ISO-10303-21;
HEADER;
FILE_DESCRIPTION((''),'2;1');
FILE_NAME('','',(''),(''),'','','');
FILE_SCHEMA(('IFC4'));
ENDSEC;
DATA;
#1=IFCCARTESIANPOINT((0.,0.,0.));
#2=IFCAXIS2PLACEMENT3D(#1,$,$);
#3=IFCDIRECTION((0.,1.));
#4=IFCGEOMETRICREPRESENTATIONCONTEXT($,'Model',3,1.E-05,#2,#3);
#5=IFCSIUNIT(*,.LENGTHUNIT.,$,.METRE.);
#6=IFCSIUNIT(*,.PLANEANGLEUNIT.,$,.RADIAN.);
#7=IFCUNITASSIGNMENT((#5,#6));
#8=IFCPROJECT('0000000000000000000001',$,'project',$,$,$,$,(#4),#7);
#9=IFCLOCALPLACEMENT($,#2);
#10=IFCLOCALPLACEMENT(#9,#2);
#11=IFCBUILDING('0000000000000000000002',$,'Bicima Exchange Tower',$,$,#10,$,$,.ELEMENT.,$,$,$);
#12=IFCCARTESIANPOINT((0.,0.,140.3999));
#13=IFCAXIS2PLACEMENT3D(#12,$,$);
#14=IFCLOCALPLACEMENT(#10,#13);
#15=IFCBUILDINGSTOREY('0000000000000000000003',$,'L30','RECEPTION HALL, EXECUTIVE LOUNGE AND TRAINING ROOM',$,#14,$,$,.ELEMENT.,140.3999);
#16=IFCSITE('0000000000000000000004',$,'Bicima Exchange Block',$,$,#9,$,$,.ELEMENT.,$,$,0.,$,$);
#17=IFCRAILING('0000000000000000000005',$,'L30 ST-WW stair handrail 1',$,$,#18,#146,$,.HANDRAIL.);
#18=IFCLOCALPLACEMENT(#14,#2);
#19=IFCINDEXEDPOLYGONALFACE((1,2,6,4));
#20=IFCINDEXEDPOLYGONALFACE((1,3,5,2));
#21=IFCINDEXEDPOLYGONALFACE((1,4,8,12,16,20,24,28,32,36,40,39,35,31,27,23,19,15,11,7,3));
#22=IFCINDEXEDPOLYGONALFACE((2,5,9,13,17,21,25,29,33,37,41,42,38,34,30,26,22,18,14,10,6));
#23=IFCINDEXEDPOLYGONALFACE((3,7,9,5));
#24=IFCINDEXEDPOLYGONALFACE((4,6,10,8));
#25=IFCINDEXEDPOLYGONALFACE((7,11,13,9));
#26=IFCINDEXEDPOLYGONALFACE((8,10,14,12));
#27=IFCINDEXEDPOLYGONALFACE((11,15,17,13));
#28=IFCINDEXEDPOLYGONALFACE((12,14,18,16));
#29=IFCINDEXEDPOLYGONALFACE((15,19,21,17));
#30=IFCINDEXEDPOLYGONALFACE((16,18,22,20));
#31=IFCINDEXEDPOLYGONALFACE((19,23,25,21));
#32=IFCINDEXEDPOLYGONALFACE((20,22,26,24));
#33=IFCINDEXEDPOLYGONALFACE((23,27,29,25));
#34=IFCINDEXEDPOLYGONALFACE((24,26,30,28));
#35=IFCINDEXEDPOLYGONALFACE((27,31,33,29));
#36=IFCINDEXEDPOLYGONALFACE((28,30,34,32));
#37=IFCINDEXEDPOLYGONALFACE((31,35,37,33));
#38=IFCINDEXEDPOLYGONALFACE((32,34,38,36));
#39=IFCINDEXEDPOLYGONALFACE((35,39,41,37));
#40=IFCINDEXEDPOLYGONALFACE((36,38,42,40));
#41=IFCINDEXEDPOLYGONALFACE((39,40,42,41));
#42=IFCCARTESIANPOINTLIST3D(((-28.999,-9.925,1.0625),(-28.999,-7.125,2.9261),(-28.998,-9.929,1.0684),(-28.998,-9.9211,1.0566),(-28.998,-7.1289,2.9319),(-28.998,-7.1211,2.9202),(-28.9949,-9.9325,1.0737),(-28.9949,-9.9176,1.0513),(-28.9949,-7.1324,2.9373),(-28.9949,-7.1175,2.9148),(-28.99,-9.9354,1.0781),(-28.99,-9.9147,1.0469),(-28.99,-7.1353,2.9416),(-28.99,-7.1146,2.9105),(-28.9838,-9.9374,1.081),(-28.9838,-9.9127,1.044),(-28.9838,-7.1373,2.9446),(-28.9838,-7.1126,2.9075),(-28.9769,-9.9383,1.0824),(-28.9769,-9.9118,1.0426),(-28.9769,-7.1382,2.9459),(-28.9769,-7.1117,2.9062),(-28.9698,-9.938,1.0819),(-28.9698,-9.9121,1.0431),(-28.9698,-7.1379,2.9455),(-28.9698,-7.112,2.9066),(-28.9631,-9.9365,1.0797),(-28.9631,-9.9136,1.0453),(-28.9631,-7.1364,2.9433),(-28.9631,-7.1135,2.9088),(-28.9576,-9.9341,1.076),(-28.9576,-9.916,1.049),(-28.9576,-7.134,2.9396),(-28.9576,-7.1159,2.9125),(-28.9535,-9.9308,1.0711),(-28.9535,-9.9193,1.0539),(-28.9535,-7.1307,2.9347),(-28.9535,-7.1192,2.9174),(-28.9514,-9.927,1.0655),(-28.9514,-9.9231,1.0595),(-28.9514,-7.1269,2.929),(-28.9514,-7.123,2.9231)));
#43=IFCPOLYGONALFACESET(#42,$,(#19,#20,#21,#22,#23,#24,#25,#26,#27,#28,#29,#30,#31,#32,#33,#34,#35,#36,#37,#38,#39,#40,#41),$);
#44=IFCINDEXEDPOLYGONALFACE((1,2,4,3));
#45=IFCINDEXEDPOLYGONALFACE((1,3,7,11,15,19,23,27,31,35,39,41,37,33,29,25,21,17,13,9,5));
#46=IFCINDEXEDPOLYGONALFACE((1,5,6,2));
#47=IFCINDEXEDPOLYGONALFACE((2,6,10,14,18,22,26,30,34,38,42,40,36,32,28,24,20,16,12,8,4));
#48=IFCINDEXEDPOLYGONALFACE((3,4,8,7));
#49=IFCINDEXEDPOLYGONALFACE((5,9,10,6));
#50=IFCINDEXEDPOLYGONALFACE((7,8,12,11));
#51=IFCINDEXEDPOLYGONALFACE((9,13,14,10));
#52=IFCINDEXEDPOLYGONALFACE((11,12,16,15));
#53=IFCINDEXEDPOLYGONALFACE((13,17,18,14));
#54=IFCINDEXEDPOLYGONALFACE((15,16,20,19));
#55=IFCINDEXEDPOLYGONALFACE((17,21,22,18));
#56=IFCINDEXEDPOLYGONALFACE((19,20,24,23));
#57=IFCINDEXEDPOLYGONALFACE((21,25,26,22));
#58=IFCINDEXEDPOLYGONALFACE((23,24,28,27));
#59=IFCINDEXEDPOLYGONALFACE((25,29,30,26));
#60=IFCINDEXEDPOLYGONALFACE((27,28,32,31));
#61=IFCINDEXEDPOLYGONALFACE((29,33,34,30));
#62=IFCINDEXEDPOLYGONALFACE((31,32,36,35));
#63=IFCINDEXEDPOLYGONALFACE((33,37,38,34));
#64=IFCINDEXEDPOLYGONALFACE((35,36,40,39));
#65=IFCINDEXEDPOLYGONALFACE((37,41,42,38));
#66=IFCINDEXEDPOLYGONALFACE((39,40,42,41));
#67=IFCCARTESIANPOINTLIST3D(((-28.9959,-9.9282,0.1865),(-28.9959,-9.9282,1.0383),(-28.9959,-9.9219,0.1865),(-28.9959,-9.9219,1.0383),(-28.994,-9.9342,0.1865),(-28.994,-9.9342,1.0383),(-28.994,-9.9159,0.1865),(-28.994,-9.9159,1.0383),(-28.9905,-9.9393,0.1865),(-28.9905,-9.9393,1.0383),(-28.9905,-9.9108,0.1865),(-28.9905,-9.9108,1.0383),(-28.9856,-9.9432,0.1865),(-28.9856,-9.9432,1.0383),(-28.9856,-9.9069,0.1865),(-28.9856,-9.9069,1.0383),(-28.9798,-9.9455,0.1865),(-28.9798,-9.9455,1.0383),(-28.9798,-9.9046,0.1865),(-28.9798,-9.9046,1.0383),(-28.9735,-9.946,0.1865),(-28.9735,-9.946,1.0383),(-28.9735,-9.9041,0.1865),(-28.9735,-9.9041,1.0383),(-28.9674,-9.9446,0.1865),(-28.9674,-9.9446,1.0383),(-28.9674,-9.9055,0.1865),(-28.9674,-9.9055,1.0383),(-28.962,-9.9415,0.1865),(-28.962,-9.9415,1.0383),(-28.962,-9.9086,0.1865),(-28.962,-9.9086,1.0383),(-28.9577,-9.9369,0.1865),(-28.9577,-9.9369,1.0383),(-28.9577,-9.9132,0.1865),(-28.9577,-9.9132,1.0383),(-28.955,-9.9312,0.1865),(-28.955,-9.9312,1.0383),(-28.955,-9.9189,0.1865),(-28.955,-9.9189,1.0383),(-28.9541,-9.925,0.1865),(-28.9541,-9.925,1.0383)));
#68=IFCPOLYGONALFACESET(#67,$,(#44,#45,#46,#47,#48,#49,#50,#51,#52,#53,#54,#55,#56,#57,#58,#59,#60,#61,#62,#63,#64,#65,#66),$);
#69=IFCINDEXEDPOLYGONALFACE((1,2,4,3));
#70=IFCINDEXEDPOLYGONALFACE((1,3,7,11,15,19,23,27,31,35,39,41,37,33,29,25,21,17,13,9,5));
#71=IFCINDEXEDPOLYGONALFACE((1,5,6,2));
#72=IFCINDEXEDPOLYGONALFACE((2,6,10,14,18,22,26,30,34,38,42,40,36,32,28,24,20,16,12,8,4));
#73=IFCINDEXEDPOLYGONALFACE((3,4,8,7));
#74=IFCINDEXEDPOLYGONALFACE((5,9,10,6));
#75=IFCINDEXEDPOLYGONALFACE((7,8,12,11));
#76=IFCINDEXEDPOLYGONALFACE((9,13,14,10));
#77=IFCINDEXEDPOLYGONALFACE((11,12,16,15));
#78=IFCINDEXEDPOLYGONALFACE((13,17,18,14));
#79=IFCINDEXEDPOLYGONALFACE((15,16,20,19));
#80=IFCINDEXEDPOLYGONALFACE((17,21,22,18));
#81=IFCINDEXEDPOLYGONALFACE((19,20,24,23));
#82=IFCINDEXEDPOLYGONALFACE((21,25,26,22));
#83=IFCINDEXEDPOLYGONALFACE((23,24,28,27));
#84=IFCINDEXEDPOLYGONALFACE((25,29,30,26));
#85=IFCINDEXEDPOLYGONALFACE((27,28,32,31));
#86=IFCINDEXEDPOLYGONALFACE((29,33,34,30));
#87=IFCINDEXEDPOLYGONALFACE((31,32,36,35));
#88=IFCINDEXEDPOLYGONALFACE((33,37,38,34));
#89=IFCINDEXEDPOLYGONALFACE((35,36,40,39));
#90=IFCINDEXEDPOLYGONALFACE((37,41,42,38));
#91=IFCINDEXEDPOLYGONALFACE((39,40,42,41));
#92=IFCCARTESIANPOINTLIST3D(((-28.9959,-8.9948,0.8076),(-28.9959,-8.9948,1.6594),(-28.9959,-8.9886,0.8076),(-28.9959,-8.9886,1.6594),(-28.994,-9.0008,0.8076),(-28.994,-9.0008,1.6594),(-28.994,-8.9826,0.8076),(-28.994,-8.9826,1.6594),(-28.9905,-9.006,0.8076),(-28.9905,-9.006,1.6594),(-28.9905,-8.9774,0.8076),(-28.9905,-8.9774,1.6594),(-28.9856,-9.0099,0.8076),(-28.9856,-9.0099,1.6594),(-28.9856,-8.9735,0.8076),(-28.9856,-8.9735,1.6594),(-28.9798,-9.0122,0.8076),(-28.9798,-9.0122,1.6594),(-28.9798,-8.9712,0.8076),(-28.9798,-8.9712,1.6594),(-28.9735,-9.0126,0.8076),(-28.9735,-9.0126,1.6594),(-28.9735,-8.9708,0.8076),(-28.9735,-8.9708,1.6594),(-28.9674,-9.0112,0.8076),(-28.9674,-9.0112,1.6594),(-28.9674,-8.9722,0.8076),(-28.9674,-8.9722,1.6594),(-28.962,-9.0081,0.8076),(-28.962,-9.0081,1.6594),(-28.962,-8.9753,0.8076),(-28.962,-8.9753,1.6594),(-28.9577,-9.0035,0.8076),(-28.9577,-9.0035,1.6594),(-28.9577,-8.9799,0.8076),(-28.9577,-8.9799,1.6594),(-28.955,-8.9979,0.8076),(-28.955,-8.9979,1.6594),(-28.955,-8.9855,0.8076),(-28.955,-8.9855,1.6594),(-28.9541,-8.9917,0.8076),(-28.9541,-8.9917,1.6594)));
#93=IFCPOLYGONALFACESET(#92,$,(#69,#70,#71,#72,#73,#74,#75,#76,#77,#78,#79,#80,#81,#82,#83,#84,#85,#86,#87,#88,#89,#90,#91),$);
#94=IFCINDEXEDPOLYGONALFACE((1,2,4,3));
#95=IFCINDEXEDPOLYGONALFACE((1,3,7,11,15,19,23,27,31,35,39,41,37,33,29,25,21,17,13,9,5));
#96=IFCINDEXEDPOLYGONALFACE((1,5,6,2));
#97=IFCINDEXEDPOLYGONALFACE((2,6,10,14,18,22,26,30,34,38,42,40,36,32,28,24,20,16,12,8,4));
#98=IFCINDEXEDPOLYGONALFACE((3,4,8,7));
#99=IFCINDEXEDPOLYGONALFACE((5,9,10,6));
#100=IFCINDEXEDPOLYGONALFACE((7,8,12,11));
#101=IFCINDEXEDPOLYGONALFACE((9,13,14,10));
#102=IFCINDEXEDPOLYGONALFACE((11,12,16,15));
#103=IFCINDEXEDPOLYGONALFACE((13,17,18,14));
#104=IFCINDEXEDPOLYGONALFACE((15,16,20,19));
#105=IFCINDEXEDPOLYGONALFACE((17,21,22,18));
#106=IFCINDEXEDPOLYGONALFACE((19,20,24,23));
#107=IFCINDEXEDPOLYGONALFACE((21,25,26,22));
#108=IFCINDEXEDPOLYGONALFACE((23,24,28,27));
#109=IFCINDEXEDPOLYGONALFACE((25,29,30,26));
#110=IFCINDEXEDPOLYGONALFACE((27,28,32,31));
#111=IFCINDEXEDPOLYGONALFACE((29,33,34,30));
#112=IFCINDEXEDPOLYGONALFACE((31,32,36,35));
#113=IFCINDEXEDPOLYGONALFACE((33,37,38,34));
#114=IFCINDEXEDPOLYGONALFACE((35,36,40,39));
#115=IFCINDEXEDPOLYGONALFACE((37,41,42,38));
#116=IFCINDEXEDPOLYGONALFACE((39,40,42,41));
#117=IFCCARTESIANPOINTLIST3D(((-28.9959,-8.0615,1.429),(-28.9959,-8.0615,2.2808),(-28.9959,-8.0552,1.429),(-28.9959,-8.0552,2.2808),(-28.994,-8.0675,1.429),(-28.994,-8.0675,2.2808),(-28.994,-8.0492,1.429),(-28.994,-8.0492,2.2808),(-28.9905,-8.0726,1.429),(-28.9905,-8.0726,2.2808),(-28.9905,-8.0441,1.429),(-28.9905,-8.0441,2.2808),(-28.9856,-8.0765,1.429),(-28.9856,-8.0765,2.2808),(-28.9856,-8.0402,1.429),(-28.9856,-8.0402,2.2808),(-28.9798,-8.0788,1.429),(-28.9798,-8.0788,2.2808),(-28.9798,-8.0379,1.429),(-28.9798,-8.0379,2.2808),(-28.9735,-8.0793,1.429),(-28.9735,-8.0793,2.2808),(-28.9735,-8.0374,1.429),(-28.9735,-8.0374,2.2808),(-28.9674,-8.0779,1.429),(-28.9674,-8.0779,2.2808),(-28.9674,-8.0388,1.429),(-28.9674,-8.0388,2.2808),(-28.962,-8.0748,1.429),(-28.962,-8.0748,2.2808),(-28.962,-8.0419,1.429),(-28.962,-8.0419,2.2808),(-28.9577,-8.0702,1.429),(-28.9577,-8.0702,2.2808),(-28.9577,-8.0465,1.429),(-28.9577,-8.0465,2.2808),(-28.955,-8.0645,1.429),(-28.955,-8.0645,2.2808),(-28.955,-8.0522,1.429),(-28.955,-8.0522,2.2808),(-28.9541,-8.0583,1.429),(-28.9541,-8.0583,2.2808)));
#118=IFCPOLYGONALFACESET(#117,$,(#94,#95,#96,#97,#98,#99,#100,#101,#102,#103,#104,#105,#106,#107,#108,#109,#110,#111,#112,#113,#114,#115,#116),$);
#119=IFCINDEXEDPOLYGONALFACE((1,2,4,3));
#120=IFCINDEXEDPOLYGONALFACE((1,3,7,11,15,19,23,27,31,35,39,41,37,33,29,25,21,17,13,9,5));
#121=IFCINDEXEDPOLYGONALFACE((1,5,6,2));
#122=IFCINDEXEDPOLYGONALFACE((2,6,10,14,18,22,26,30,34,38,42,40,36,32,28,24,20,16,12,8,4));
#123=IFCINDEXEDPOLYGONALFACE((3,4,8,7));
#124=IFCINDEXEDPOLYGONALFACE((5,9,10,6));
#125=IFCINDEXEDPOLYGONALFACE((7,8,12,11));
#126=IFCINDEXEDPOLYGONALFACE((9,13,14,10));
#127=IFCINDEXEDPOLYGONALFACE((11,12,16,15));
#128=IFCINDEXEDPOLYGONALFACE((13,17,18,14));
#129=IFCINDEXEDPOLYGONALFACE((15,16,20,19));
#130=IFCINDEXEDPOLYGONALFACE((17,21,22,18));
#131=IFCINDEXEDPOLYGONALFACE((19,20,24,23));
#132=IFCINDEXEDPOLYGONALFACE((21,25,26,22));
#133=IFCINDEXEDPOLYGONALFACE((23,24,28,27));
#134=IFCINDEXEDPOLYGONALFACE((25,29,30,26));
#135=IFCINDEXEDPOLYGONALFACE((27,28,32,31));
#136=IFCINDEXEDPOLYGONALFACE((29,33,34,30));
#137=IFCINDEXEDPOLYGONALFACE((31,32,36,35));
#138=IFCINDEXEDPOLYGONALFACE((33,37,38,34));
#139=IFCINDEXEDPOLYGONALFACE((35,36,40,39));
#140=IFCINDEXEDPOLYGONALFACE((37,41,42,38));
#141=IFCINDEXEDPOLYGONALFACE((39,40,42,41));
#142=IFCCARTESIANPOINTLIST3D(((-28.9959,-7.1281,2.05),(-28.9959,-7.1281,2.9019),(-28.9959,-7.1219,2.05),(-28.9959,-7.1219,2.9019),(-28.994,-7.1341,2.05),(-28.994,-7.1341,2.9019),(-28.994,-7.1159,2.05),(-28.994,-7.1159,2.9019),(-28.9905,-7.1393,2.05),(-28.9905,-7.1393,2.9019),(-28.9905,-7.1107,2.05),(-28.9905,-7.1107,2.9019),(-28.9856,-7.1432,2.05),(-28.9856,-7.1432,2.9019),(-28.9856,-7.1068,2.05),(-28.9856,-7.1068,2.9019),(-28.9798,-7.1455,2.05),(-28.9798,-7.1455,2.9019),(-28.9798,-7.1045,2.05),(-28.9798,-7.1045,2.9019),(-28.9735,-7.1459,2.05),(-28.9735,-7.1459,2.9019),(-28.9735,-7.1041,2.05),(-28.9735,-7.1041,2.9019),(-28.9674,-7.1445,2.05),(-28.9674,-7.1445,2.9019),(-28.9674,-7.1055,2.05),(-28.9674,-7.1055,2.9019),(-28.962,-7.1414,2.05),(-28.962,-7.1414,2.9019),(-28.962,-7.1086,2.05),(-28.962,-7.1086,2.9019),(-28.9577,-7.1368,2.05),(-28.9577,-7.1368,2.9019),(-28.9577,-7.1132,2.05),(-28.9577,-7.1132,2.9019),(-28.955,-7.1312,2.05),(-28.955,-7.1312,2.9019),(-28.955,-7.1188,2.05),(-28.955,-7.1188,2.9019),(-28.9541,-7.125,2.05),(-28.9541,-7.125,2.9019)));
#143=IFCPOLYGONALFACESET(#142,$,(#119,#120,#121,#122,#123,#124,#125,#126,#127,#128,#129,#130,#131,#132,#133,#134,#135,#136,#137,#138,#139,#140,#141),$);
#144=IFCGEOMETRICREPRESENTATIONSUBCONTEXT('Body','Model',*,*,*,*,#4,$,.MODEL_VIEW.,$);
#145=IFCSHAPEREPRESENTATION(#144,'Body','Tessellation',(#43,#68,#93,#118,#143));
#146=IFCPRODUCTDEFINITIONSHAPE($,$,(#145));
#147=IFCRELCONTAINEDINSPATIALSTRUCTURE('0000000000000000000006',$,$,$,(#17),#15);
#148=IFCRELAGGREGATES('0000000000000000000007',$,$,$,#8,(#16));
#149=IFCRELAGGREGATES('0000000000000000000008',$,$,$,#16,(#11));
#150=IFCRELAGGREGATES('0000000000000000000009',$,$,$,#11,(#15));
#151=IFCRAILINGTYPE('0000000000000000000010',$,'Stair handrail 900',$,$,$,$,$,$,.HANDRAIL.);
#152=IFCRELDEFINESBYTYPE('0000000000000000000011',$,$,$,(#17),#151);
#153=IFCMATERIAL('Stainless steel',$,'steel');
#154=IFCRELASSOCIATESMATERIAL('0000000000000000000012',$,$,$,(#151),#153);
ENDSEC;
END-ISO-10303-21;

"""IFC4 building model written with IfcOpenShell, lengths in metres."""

from ifc_helpers import new_model, si_unit, direction, frame, origin, origin_2d, place, context, subcontext, project, spatial, circle, extrude, material, type_object, element, save


model = new_model("IFC4")

# Units and contexts
model_context = context("Model", 3, precision=1e-05, world=origin(), true_north=direction((0.0, 1.0)))
body_context = subcontext(model_context, "Body", "Model", "MODEL_VIEW")
ifc_project = project(units=[si_unit("LENGTHUNIT", "METRE"), si_unit("PLANEANGLEUNIT", "RADIAN")], contexts=[model_context])

# Site, building, storey
site_placement = place(None, origin())
site = spatial("IfcSite", under=ifc_project, at=site_placement, Name="Bicima Exchange Block", CompositionType="ELEMENT", RefElevation=0.0)
building_placement = place(site_placement, origin())
building = spatial("IfcBuilding", under=site, at=building_placement, Name="Bicima Exchange Tower", CompositionType="ELEMENT")
storey_placement = place(building_placement, frame((0.0, 0.0, 140.3999)))
storey = spatial("IfcBuildingStorey", under=building, at=storey_placement, Name="L30", Description="RECEPTION HALL, EXECUTIVE LOUNGE AND TRAINING ROOM", CompositionType="ELEMENT", Elevation=140.3999)

# Railing
ifc_material_1 = material(Name="Stainless steel", Category="steel")
railing_type = type_object("IfcRailingType", Name="Stair handrail 900", PredefinedType="HANDRAIL", material=ifc_material_1)
railing_1_placement = place(storey_placement, frame((-28.9751, -9.925, 0.1865)))
element("IfcRailing", 1, at=railing_1_placement, inside=storey, type_object=railing_type, Name="L30 ST-WW stair handrail 1", PredefinedType="HANDRAIL", context=body_context, shape_type="SweptSolid", body=[
    extrude(circle(Radius=0.0239, at=origin_2d()), frame((0.0, 0.0, 0.876), z_axis=(0.0, 0.832486, 0.554047), x_axis=(-1.0, 0.0, 0.0)), (0.0, 0.0, 1.0), 3.3635),
    extrude(circle(Radius=0.021, at=origin_2d()), origin(), (0.0, 0.0, 1.0), 0.8518),
    extrude(circle(Radius=0.021, at=origin_2d()), frame((0.0, 0.9333, 0.6211)), (0.0, 0.0, 1.0), 0.8518),
    extrude(circle(Radius=0.021, at=origin_2d()), frame((0.0, 1.8667, 1.2424)), (0.0, 0.0, 1.0), 0.8518),
    extrude(circle(Radius=0.021, at=origin_2d()), frame((0.0, 2.8, 1.8635)), (0.0, 0.0, 1.0), 0.8518),
])

save(model, "model.ifc")
